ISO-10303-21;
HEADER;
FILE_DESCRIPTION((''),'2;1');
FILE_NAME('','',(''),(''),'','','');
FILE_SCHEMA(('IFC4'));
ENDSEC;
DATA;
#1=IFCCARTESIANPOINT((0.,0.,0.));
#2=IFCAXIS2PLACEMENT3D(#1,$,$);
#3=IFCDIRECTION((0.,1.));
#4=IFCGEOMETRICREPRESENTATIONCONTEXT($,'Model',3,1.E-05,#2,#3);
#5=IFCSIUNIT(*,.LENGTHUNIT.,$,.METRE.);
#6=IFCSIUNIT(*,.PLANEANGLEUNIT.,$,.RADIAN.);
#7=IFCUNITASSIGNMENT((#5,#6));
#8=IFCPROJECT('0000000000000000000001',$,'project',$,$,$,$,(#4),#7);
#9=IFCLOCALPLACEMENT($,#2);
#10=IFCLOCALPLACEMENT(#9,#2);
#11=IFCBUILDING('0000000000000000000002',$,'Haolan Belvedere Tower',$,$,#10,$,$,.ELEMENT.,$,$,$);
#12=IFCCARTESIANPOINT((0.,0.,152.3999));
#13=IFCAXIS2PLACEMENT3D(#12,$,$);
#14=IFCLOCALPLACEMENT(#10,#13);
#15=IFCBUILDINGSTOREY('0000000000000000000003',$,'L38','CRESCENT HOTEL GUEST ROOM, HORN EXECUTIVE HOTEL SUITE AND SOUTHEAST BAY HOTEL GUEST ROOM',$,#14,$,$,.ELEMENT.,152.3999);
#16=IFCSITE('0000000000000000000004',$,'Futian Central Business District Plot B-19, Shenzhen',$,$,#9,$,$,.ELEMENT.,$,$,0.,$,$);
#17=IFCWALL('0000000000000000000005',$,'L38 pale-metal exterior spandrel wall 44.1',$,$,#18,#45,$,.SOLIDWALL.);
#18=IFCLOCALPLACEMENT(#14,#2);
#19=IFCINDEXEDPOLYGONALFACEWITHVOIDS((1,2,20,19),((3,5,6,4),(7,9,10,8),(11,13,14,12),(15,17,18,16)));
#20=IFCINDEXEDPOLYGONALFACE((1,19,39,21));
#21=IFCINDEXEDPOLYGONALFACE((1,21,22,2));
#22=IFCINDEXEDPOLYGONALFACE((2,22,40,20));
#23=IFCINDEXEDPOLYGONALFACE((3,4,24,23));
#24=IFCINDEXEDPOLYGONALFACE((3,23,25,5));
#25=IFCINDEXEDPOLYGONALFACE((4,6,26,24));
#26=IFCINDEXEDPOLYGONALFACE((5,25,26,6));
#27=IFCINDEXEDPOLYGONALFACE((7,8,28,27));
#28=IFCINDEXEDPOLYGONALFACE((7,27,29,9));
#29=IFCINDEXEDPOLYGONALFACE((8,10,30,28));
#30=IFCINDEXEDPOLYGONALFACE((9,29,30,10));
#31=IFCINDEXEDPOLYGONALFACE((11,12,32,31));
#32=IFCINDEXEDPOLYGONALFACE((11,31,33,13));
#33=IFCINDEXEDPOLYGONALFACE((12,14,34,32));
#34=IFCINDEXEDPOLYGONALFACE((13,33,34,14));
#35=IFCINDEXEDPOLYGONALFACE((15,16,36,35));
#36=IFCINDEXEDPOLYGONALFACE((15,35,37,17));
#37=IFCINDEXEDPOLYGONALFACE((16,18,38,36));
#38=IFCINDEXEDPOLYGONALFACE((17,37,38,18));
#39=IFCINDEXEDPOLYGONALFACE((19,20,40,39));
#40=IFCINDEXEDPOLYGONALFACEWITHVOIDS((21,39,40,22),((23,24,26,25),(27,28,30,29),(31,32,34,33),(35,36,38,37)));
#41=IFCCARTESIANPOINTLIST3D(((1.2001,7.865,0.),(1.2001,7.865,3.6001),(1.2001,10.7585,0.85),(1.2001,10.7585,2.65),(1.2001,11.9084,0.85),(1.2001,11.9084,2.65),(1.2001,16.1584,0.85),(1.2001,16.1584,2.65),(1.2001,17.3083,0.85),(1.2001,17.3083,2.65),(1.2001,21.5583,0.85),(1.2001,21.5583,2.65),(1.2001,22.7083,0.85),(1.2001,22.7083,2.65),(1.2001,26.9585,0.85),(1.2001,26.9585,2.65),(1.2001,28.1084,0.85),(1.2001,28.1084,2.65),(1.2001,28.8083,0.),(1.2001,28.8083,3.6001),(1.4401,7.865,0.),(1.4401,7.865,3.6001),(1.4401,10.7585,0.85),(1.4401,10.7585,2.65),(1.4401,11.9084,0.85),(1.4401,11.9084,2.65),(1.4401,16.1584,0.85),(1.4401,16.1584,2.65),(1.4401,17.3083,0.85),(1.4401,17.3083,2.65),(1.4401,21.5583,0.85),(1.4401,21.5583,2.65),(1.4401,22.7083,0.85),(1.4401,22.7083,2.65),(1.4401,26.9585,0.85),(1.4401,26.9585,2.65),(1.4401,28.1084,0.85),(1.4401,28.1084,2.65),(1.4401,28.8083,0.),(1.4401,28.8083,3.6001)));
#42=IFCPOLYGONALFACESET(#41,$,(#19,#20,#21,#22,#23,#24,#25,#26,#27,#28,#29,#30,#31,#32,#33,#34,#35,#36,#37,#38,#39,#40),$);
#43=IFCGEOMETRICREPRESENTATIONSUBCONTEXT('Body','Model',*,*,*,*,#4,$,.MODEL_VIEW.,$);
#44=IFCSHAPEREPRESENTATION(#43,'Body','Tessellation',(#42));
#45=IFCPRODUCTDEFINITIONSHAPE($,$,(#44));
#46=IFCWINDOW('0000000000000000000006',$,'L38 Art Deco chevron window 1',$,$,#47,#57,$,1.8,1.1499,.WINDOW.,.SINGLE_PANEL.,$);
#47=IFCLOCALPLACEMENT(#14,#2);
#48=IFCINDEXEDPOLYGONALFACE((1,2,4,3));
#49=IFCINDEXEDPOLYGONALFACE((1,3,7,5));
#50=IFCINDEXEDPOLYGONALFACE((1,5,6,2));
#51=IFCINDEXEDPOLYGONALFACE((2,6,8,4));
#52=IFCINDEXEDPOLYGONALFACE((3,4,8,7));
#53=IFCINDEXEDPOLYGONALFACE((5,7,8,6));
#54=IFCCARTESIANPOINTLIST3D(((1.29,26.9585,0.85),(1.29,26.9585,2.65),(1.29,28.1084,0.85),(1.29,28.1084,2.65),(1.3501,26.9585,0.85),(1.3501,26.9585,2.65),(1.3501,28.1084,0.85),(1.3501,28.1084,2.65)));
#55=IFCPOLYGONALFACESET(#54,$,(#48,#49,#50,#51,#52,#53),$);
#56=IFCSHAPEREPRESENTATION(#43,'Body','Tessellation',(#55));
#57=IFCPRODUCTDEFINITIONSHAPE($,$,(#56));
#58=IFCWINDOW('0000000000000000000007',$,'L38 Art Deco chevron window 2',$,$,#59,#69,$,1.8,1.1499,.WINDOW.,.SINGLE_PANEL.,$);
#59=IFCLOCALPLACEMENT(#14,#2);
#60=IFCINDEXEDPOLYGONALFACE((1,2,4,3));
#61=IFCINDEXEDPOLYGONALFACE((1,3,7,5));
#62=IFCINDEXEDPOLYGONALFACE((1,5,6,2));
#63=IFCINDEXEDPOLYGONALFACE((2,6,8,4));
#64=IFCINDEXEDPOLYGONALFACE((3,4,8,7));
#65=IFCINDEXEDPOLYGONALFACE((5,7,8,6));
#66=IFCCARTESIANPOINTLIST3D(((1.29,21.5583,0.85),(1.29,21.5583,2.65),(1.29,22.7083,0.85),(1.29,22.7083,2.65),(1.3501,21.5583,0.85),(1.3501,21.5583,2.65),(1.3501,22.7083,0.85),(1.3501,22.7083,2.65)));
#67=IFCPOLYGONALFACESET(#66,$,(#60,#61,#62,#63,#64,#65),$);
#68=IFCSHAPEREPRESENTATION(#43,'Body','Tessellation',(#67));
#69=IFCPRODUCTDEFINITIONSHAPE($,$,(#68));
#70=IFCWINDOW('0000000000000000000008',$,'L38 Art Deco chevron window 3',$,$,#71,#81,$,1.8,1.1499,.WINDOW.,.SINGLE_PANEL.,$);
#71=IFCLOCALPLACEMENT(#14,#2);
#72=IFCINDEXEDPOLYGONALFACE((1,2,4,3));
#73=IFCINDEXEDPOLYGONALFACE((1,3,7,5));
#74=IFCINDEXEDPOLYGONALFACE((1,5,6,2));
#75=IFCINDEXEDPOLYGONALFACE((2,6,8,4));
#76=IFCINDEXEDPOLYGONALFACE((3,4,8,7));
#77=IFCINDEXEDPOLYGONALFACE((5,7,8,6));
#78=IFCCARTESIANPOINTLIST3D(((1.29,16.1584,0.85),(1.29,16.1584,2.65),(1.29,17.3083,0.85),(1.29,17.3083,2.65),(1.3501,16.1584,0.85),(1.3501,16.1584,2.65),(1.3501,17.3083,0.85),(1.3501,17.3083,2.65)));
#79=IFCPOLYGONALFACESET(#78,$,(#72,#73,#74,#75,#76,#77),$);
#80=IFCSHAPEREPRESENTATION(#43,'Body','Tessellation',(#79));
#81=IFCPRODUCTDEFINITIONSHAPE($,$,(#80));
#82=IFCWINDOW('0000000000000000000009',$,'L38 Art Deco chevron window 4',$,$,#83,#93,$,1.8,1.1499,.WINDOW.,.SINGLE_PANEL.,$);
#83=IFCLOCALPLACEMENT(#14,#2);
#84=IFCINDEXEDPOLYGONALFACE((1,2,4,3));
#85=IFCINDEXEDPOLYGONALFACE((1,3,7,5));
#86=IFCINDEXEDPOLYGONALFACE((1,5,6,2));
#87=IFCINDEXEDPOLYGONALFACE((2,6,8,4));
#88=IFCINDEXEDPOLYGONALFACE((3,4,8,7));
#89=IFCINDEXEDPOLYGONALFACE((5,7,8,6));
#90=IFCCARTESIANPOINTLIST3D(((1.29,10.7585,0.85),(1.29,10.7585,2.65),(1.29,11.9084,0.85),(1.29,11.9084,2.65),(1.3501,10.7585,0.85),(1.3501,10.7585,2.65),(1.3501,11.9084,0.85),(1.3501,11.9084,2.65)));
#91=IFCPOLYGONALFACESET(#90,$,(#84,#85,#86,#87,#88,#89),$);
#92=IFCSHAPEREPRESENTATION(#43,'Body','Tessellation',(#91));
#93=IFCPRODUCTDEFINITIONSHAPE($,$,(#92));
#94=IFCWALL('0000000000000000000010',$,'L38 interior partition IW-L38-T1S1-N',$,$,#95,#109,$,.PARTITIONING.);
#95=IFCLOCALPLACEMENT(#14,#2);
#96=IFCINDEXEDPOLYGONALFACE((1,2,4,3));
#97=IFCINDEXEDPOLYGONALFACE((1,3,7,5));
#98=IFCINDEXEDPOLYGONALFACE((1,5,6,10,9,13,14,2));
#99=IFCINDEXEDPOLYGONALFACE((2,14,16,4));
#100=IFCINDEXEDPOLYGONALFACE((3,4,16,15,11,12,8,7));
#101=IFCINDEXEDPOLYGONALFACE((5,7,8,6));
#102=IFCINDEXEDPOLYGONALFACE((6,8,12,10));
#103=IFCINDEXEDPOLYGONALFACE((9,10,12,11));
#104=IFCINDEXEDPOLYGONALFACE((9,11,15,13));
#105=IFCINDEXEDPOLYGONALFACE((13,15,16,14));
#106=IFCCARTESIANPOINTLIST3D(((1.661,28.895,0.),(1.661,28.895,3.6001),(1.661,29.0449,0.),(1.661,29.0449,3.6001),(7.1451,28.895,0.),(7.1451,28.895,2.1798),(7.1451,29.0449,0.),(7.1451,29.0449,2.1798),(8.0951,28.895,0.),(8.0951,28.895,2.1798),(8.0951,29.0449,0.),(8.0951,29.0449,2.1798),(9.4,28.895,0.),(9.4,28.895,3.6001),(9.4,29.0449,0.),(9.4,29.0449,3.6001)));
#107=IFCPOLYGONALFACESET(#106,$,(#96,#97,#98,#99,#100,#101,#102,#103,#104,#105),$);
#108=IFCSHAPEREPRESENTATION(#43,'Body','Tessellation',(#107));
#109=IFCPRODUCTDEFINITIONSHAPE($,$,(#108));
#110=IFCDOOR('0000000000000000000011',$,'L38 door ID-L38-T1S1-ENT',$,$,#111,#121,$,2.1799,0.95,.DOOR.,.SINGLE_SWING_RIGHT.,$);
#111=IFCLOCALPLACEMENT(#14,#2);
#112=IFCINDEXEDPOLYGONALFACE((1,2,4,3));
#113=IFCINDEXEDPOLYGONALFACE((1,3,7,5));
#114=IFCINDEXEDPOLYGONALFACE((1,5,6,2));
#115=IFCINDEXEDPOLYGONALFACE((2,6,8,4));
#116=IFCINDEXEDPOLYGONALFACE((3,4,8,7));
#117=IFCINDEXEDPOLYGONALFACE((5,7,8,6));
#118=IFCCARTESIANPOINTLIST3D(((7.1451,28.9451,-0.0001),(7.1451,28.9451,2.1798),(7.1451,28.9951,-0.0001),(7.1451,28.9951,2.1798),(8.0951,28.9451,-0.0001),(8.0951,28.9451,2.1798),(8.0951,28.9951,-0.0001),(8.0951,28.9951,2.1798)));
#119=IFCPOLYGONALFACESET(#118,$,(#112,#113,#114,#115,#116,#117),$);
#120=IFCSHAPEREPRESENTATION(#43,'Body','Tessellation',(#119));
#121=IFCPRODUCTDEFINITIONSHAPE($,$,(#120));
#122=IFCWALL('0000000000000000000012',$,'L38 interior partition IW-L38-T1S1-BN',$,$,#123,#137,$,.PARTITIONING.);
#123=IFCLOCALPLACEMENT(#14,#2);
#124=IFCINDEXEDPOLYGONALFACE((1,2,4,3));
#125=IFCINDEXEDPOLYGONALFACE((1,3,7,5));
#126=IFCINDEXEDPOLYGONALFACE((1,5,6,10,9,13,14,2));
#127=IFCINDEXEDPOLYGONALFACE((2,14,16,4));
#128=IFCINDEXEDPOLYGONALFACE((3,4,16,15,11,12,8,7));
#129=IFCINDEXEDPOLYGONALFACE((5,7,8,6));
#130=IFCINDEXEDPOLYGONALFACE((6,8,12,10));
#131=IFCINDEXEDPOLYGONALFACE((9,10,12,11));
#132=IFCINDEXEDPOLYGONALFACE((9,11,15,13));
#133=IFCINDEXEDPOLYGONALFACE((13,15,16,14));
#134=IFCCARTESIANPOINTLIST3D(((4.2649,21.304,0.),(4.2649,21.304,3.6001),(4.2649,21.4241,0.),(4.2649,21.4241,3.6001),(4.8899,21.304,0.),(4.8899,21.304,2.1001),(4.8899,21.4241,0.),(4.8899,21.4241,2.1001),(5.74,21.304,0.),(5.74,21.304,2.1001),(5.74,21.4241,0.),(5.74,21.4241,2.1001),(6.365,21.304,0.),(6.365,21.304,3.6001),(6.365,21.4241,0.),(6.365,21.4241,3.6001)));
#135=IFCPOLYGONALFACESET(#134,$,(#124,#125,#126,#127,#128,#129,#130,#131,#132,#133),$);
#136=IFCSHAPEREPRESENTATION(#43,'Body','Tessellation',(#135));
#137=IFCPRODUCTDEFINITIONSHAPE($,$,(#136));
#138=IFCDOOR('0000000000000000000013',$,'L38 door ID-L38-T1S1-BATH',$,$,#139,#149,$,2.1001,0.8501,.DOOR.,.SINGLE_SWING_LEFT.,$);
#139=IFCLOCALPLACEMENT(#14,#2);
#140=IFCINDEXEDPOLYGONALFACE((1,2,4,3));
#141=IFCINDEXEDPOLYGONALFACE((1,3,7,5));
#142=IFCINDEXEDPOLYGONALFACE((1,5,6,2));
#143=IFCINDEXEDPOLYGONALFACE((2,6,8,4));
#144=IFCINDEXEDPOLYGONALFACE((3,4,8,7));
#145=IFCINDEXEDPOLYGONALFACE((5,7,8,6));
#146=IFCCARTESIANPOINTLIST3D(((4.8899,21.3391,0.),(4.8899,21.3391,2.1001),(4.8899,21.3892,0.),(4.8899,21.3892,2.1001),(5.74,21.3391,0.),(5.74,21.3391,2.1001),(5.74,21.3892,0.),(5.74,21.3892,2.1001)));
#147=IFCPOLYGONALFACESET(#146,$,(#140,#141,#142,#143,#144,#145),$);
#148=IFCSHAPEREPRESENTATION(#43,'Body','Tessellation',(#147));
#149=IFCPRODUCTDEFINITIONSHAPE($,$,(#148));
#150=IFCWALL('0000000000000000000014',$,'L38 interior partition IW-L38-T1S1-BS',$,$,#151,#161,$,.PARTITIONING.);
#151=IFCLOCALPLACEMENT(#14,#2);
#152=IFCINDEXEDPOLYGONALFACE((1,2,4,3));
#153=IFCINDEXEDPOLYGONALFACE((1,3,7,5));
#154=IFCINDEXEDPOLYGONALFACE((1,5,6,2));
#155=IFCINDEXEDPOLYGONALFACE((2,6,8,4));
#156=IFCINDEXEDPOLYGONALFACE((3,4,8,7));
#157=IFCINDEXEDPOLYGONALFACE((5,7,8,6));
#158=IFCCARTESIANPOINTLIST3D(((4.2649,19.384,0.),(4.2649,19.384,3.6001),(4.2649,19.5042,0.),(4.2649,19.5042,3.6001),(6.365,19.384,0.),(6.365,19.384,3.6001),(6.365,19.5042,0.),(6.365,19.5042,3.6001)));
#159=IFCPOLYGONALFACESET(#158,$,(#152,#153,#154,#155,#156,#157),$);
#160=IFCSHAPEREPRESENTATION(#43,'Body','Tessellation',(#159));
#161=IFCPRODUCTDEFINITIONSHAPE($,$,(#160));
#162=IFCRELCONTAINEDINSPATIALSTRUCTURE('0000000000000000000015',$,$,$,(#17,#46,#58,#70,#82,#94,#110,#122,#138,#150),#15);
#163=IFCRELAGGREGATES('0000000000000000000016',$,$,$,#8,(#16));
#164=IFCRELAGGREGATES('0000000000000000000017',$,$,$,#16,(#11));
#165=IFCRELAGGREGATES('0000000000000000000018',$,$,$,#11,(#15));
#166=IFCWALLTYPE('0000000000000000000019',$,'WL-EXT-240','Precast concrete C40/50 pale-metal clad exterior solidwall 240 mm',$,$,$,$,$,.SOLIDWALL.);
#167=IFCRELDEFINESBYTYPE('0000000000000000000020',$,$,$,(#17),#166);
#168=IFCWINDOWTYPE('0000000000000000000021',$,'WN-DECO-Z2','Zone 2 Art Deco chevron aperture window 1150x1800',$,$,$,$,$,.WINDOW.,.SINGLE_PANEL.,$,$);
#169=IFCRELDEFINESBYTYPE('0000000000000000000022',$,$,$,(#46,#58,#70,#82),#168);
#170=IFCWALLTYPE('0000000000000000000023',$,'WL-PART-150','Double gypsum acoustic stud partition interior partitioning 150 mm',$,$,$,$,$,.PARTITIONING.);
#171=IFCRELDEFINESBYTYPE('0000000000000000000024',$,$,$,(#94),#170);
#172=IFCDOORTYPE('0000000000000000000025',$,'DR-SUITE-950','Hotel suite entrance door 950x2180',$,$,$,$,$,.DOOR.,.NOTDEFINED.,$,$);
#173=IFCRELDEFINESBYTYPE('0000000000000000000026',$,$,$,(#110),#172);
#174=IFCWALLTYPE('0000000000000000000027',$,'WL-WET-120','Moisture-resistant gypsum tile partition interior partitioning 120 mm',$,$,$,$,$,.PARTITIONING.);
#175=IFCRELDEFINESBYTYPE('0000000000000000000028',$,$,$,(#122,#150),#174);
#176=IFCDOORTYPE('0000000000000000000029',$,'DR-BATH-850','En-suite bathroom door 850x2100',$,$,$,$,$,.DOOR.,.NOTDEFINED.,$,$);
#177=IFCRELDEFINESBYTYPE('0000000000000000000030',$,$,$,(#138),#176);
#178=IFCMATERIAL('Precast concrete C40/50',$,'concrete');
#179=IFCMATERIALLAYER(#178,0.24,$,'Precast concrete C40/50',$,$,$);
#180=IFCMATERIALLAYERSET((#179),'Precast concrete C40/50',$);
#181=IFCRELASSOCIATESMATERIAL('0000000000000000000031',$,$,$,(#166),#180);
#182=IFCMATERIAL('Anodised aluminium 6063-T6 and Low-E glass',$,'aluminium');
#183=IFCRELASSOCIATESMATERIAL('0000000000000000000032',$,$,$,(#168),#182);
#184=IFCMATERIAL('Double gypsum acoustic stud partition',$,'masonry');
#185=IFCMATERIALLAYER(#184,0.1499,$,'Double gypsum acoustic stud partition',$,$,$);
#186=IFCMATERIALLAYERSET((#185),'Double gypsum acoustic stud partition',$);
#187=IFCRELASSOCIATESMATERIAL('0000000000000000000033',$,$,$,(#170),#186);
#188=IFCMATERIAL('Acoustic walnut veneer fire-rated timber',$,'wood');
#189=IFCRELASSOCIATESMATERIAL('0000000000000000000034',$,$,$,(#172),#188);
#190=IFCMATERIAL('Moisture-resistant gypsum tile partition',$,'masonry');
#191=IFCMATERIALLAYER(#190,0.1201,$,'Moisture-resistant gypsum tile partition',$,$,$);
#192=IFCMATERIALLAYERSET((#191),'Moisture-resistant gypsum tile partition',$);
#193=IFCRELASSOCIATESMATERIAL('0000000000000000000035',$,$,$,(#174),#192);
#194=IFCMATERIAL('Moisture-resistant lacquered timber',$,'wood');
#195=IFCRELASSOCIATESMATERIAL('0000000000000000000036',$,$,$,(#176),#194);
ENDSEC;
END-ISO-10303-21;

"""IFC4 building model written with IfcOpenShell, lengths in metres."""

from ifc_helpers import new_model, si_unit, direction, frame, frame_2d, origin, place, context, subcontext, project, spatial, rectangle, extrude, material, layer, layer_set, type_object, element, fill, save


model = new_model("IFC4")

# Units and contexts
model_context = context("Model", 3, precision=1e-05, world=origin(), true_north=direction((0.0, 1.0)))
body_context = subcontext(model_context, "Body", "Model", "MODEL_VIEW")
ifc_project = project(units=[si_unit("LENGTHUNIT", "METRE"), si_unit("PLANEANGLEUNIT", "RADIAN")], contexts=[model_context])

# Site, building, storey
site_placement = place(None, origin())
site = spatial("IfcSite", under=ifc_project, at=site_placement, Name="Futian Central Business District Plot B-19, Shenzhen", CompositionType="ELEMENT", RefElevation=0.0)
building_placement = place(site_placement, origin())
building = spatial("IfcBuilding", under=site, at=building_placement, Name="Haolan Belvedere Tower", CompositionType="ELEMENT")
storey_placement = place(building_placement, frame((0.0, 0.0, 152.3999)))
storey = spatial("IfcBuildingStorey", under=building, at=storey_placement, Name="L38", Description="CRESCENT HOTEL GUEST ROOM, HORN EXECUTIVE HOTEL SUITE AND SOUTHEAST BAY HOTEL GUEST ROOM", CompositionType="ELEMENT", Elevation=152.3999)

# Wall, openings, windows
ifc_material_1 = material(Name="Precast concrete C40/50", Category="concrete")
ifc_layer_1 = layer(ifc_material_1, 0.24, Name="Precast concrete C40/50")
ifc_layer_set_1 = layer_set([ifc_layer_1], Name="Precast concrete C40/50")
wall_type_1 = type_object("IfcWallType", Name="WL-EXT-240", Description="Precast concrete C40/50 pale-metal clad exterior solidwall 240 mm", PredefinedType="SOLIDWALL", material=ifc_layer_set_1)
wall_1_placement = place(storey_placement, frame((1.3201, 28.8083, 0.0), z_axis=(0.0, 0.0, 1.0), x_axis=(0.0, -1.0, 0.0)))
wall_1 = element("IfcWall", 1, at=wall_1_placement, inside=storey, type_object=wall_type_1, Name="L38 pale-metal exterior spandrel wall 44.1", PredefinedType="SOLIDWALL", context=body_context, shape_type="SweptSolid", body=[
    extrude(rectangle(XDim=20.9434, YDim=0.24, at=frame_2d((10.4717, 0.0))), origin(), (0.0, 0.0, 1.0), 3.6001),
])
opening_1_placement = place(wall_1_placement, frame((0.7, 0.0, 0.8501)))
opening_1 = element("IfcOpeningElement", 2, at=opening_1_placement, cuts=wall_1, PredefinedType="OPENING", context=body_context, shape_type="SweptSolid", body=[
    extrude(rectangle(XDim=1.1499, YDim=1.8, at=frame_2d((0.575, 0.8999))), frame((0.0, 0.1299, 0.0), z_axis=(0.0, -1.0, 0.0), x_axis=(1.0, 0.0, 0.0)), (0.0, 0.0, 1.0), 0.26),
])
opening_2_placement = place(wall_1_placement, frame((6.1001, 0.0, 0.8501)))
opening_2 = element("IfcOpeningElement", 3, at=opening_2_placement, cuts=wall_1, PredefinedType="OPENING", context=body_context, shape_type="SweptSolid", body=[
    extrude(rectangle(XDim=1.1499, YDim=1.8, at=frame_2d((0.575, 0.8999))), frame((0.0, 0.1299, 0.0), z_axis=(0.0, -1.0, 0.0), x_axis=(1.0, 0.0, 0.0)), (0.0, 0.0, 1.0), 0.26),
])
opening_3_placement = place(wall_1_placement, frame((11.5, 0.0, 0.8501)))
opening_3 = element("IfcOpeningElement", 4, at=opening_3_placement, cuts=wall_1, PredefinedType="OPENING", context=body_context, shape_type="SweptSolid", body=[
    extrude(rectangle(XDim=1.1499, YDim=1.8, at=frame_2d((0.575, 0.8999))), frame((0.0, 0.1299, 0.0), z_axis=(0.0, -1.0, 0.0), x_axis=(1.0, 0.0, 0.0)), (0.0, 0.0, 1.0), 0.26),
])
opening_4_placement = place(wall_1_placement, frame((16.8999, 0.0, 0.8501)))
opening_4 = element("IfcOpeningElement", 5, at=opening_4_placement, cuts=wall_1, PredefinedType="OPENING", context=body_context, shape_type="SweptSolid", body=[
    extrude(rectangle(XDim=1.1499, YDim=1.8, at=frame_2d((0.575, 0.8999))), frame((0.0, 0.1299, 0.0), z_axis=(0.0, -1.0, 0.0), x_axis=(1.0, 0.0, 0.0)), (0.0, 0.0, 1.0), 0.26),
])
ifc_material_2 = material(Name="Anodised aluminium 6063-T6 and Low-E glass", Category="aluminium")
window_type = type_object("IfcWindowType", Name="WN-DECO-Z2", Description="Zone 2 Art Deco chevron aperture window 1150x1800", PartitioningType="SINGLE_PANEL", PredefinedType="WINDOW", material=ifc_material_2)
window_1_placement = place(opening_1_placement, origin())
window_1 = element("IfcWindow", 6, at=window_1_placement, inside=storey, type_object=window_type, Name="L38 Art Deco chevron window 1", OverallHeight=1.8, OverallWidth=1.1499, PartitioningType="SINGLE_PANEL", PredefinedType="WINDOW", context=body_context, shape_type="SweptSolid", body=[
    extrude(rectangle(XDim=1.1499, YDim=1.8, at=frame_2d((0.575, 0.8999))), frame((0.0, 0.03, 0.0), z_axis=(0.0, -1.0, 0.0), x_axis=(1.0, 0.0, 0.0)), (0.0, 0.0, 1.0), 0.0601),
])
fill(opening_1, window_1)
window_2_placement = place(opening_2_placement, origin())
window_2 = element("IfcWindow", 7, at=window_2_placement, inside=storey, type_object=window_type, Name="L38 Art Deco chevron window 2", OverallHeight=1.8, OverallWidth=1.1499, PartitioningType="SINGLE_PANEL", PredefinedType="WINDOW", context=body_context, shape_type="SweptSolid", body=[
    extrude(rectangle(XDim=1.1499, YDim=1.8, at=frame_2d((0.575, 0.8999))), frame((0.0, 0.03, 0.0), z_axis=(0.0, -1.0, 0.0), x_axis=(1.0, 0.0, 0.0)), (0.0, 0.0, 1.0), 0.0601),
])
fill(opening_2, window_2)
window_3_placement = place(opening_3_placement, origin())
window_3 = element("IfcWindow", 8, at=window_3_placement, inside=storey, type_object=window_type, Name="L38 Art Deco chevron window 3", OverallHeight=1.8, OverallWidth=1.1499, PartitioningType="SINGLE_PANEL", PredefinedType="WINDOW", context=body_context, shape_type="SweptSolid", body=[
    extrude(rectangle(XDim=1.1499, YDim=1.8, at=frame_2d((0.575, 0.8999))), frame((0.0, 0.03, 0.0), z_axis=(0.0, -1.0, 0.0), x_axis=(1.0, 0.0, 0.0)), (0.0, 0.0, 1.0), 0.0601),
])
fill(opening_3, window_3)
window_4_placement = place(opening_4_placement, origin())
window_4 = element("IfcWindow", 9, at=window_4_placement, inside=storey, type_object=window_type, Name="L38 Art Deco chevron window 4", OverallHeight=1.8, OverallWidth=1.1499, PartitioningType="SINGLE_PANEL", PredefinedType="WINDOW", context=body_context, shape_type="SweptSolid", body=[
    extrude(rectangle(XDim=1.1499, YDim=1.8, at=frame_2d((0.575, 0.8999))), frame((0.0, 0.03, 0.0), z_axis=(0.0, -1.0, 0.0), x_axis=(1.0, 0.0, 0.0)), (0.0, 0.0, 1.0), 0.0601),
])
fill(opening_4, window_4)

# Walls, openings, doors
ifc_material_3 = material(Name="Double gypsum acoustic stud partition", Category="masonry")
ifc_layer_2 = layer(ifc_material_3, 0.1499, Name="Double gypsum acoustic stud partition")
ifc_layer_set_2 = layer_set([ifc_layer_2], Name="Double gypsum acoustic stud partition")
wall_type_2 = type_object("IfcWallType", Name="WL-PART-150", Description="Double gypsum acoustic stud partition interior partitioning 150 mm", PredefinedType="PARTITIONING", material=ifc_layer_set_2)
wall_2_placement = place(storey_placement, frame((1.6609, 28.97, 0.0), z_axis=(0.0, 0.0, 1.0), x_axis=(1.0, 0.0, 0.0)))
wall_2 = element("IfcWall", 10, at=wall_2_placement, inside=storey, type_object=wall_type_2, Name="L38 interior partition IW-L38-T1S1-N", PredefinedType="PARTITIONING", context=body_context, shape_type="SweptSolid", body=[
    extrude(rectangle(XDim=7.739, YDim=0.1499, at=frame_2d((3.8696, 0.0))), origin(), (0.0, 0.0, 1.0), 3.6001),
])
opening_5_placement = place(wall_2_placement, frame((6.4343, 0.0, 0.0), z_axis=(0.0, 0.0, 1.0), x_axis=(-1.0, 0.0, 0.0)))
opening_5 = element("IfcOpeningElement", 11, at=opening_5_placement, cuts=wall_2, PredefinedType="OPENING", context=body_context, shape_type="SweptSolid", body=[
    extrude(rectangle(XDim=0.95, YDim=2.1799, at=frame_2d((0.4751, 1.0898))), frame((0.0, 0.085, 0.0), z_axis=(0.0, -1.0, 0.0), x_axis=(1.0, 0.0, 0.0)), (0.0, 0.0, 1.0), 0.1699),
])
ifc_material_4 = material(Name="Acoustic walnut veneer fire-rated timber", Category="wood")
door_type_1 = type_object("IfcDoorType", Name="DR-SUITE-950", Description="Hotel suite entrance door 950x2180", OperationType="NOTDEFINED", PredefinedType="DOOR", material=ifc_material_4)
door_1_placement = place(opening_5_placement, origin())
door_1 = element("IfcDoor", 12, at=door_1_placement, inside=storey, type_object=door_type_1, Name="L38 door ID-L38-T1S1-ENT", OperationType="SINGLE_SWING_RIGHT", OverallHeight=2.1799, OverallWidth=0.95, PredefinedType="DOOR", context=body_context, shape_type="SweptSolid", body=[
    extrude(rectangle(XDim=0.95, YDim=2.1799, at=frame_2d((0.4751, 1.0898))), frame((0.0, 0.0249, 0.0), z_axis=(0.0, -1.0, 0.0), x_axis=(1.0, 0.0, 0.0)), (0.0, 0.0, 1.0), 0.05),
])
fill(opening_5, door_1)
ifc_material_5 = material(Name="Moisture-resistant gypsum tile partition", Category="masonry")
ifc_layer_3 = layer(ifc_material_5, 0.1201, Name="Moisture-resistant gypsum tile partition")
ifc_layer_set_3 = layer_set([ifc_layer_3], Name="Moisture-resistant gypsum tile partition")
wall_type_3 = type_object("IfcWallType", Name="WL-WET-120", Description="Moisture-resistant gypsum tile partition interior partitioning 120 mm", PredefinedType="PARTITIONING", material=ifc_layer_set_3)
wall_3_placement = place(storey_placement, frame((4.2649, 21.364, 0.0), z_axis=(0.0, 0.0, 1.0), x_axis=(1.0, 0.0, 0.0)))
wall_3 = element("IfcWall", 13, at=wall_3_placement, inside=storey, type_object=wall_type_3, Name="L38 interior partition IW-L38-T1S1-BN", PredefinedType="PARTITIONING", context=body_context, shape_type="SweptSolid", body=[
    extrude(rectangle(XDim=2.1001, YDim=0.1201, at=frame_2d((1.05, 0.0))), origin(), (0.0, 0.0, 1.0), 3.6001),
])
opening_6_placement = place(wall_3_placement, frame((1.4751, 0.0, 0.0), z_axis=(0.0, 0.0, 1.0), x_axis=(-1.0, 0.0, 0.0)))
opening_6 = element("IfcOpeningElement", 14, at=opening_6_placement, cuts=wall_3, PredefinedType="OPENING", context=body_context, shape_type="SweptSolid", body=[
    extrude(rectangle(XDim=0.8501, YDim=2.1001, at=frame_2d((0.425, 1.05))), frame((0.0, 0.0701, 0.0), z_axis=(0.0, -1.0, 0.0), x_axis=(1.0, 0.0, 0.0)), (0.0, 0.0, 1.0), 0.1401),
])
ifc_material_6 = material(Name="Moisture-resistant lacquered timber", Category="wood")
door_type_2 = type_object("IfcDoorType", Name="DR-BATH-850", Description="En-suite bathroom door 850x2100", OperationType="NOTDEFINED", PredefinedType="DOOR", material=ifc_material_6)
door_2_placement = place(opening_6_placement, origin())
door_2 = element("IfcDoor", 15, at=door_2_placement, inside=storey, type_object=door_type_2, Name="L38 door ID-L38-T1S1-BATH", OperationType="SINGLE_SWING_LEFT", OverallHeight=2.1001, OverallWidth=0.8501, PredefinedType="DOOR", context=body_context, shape_type="SweptSolid", body=[
    extrude(rectangle(XDim=0.8501, YDim=2.1001, at=frame_2d((0.425, 1.05))), frame((0.0, 0.0249, 0.0), z_axis=(0.0, -1.0, 0.0), x_axis=(1.0, 0.0, 0.0)), (0.0, 0.0, 1.0), 0.05),
])
fill(opening_6, door_2)

# Wall
wall_4_placement = place(storey_placement, frame((4.2649, 19.4441, 0.0), z_axis=(0.0, 0.0, 1.0), x_axis=(1.0, 0.0, 0.0)))
element("IfcWall", 16, at=wall_4_placement, inside=storey, type_object=wall_type_3, Name="L38 interior partition IW-L38-T1S1-BS", PredefinedType="PARTITIONING", context=body_context, shape_type="SweptSolid", body=[
    extrude(rectangle(XDim=2.1001, YDim=0.1201, at=frame_2d((1.05, 0.0))), origin(), (0.0, 0.0, 1.0), 3.6001),
])

save(model, "model.ifc")
